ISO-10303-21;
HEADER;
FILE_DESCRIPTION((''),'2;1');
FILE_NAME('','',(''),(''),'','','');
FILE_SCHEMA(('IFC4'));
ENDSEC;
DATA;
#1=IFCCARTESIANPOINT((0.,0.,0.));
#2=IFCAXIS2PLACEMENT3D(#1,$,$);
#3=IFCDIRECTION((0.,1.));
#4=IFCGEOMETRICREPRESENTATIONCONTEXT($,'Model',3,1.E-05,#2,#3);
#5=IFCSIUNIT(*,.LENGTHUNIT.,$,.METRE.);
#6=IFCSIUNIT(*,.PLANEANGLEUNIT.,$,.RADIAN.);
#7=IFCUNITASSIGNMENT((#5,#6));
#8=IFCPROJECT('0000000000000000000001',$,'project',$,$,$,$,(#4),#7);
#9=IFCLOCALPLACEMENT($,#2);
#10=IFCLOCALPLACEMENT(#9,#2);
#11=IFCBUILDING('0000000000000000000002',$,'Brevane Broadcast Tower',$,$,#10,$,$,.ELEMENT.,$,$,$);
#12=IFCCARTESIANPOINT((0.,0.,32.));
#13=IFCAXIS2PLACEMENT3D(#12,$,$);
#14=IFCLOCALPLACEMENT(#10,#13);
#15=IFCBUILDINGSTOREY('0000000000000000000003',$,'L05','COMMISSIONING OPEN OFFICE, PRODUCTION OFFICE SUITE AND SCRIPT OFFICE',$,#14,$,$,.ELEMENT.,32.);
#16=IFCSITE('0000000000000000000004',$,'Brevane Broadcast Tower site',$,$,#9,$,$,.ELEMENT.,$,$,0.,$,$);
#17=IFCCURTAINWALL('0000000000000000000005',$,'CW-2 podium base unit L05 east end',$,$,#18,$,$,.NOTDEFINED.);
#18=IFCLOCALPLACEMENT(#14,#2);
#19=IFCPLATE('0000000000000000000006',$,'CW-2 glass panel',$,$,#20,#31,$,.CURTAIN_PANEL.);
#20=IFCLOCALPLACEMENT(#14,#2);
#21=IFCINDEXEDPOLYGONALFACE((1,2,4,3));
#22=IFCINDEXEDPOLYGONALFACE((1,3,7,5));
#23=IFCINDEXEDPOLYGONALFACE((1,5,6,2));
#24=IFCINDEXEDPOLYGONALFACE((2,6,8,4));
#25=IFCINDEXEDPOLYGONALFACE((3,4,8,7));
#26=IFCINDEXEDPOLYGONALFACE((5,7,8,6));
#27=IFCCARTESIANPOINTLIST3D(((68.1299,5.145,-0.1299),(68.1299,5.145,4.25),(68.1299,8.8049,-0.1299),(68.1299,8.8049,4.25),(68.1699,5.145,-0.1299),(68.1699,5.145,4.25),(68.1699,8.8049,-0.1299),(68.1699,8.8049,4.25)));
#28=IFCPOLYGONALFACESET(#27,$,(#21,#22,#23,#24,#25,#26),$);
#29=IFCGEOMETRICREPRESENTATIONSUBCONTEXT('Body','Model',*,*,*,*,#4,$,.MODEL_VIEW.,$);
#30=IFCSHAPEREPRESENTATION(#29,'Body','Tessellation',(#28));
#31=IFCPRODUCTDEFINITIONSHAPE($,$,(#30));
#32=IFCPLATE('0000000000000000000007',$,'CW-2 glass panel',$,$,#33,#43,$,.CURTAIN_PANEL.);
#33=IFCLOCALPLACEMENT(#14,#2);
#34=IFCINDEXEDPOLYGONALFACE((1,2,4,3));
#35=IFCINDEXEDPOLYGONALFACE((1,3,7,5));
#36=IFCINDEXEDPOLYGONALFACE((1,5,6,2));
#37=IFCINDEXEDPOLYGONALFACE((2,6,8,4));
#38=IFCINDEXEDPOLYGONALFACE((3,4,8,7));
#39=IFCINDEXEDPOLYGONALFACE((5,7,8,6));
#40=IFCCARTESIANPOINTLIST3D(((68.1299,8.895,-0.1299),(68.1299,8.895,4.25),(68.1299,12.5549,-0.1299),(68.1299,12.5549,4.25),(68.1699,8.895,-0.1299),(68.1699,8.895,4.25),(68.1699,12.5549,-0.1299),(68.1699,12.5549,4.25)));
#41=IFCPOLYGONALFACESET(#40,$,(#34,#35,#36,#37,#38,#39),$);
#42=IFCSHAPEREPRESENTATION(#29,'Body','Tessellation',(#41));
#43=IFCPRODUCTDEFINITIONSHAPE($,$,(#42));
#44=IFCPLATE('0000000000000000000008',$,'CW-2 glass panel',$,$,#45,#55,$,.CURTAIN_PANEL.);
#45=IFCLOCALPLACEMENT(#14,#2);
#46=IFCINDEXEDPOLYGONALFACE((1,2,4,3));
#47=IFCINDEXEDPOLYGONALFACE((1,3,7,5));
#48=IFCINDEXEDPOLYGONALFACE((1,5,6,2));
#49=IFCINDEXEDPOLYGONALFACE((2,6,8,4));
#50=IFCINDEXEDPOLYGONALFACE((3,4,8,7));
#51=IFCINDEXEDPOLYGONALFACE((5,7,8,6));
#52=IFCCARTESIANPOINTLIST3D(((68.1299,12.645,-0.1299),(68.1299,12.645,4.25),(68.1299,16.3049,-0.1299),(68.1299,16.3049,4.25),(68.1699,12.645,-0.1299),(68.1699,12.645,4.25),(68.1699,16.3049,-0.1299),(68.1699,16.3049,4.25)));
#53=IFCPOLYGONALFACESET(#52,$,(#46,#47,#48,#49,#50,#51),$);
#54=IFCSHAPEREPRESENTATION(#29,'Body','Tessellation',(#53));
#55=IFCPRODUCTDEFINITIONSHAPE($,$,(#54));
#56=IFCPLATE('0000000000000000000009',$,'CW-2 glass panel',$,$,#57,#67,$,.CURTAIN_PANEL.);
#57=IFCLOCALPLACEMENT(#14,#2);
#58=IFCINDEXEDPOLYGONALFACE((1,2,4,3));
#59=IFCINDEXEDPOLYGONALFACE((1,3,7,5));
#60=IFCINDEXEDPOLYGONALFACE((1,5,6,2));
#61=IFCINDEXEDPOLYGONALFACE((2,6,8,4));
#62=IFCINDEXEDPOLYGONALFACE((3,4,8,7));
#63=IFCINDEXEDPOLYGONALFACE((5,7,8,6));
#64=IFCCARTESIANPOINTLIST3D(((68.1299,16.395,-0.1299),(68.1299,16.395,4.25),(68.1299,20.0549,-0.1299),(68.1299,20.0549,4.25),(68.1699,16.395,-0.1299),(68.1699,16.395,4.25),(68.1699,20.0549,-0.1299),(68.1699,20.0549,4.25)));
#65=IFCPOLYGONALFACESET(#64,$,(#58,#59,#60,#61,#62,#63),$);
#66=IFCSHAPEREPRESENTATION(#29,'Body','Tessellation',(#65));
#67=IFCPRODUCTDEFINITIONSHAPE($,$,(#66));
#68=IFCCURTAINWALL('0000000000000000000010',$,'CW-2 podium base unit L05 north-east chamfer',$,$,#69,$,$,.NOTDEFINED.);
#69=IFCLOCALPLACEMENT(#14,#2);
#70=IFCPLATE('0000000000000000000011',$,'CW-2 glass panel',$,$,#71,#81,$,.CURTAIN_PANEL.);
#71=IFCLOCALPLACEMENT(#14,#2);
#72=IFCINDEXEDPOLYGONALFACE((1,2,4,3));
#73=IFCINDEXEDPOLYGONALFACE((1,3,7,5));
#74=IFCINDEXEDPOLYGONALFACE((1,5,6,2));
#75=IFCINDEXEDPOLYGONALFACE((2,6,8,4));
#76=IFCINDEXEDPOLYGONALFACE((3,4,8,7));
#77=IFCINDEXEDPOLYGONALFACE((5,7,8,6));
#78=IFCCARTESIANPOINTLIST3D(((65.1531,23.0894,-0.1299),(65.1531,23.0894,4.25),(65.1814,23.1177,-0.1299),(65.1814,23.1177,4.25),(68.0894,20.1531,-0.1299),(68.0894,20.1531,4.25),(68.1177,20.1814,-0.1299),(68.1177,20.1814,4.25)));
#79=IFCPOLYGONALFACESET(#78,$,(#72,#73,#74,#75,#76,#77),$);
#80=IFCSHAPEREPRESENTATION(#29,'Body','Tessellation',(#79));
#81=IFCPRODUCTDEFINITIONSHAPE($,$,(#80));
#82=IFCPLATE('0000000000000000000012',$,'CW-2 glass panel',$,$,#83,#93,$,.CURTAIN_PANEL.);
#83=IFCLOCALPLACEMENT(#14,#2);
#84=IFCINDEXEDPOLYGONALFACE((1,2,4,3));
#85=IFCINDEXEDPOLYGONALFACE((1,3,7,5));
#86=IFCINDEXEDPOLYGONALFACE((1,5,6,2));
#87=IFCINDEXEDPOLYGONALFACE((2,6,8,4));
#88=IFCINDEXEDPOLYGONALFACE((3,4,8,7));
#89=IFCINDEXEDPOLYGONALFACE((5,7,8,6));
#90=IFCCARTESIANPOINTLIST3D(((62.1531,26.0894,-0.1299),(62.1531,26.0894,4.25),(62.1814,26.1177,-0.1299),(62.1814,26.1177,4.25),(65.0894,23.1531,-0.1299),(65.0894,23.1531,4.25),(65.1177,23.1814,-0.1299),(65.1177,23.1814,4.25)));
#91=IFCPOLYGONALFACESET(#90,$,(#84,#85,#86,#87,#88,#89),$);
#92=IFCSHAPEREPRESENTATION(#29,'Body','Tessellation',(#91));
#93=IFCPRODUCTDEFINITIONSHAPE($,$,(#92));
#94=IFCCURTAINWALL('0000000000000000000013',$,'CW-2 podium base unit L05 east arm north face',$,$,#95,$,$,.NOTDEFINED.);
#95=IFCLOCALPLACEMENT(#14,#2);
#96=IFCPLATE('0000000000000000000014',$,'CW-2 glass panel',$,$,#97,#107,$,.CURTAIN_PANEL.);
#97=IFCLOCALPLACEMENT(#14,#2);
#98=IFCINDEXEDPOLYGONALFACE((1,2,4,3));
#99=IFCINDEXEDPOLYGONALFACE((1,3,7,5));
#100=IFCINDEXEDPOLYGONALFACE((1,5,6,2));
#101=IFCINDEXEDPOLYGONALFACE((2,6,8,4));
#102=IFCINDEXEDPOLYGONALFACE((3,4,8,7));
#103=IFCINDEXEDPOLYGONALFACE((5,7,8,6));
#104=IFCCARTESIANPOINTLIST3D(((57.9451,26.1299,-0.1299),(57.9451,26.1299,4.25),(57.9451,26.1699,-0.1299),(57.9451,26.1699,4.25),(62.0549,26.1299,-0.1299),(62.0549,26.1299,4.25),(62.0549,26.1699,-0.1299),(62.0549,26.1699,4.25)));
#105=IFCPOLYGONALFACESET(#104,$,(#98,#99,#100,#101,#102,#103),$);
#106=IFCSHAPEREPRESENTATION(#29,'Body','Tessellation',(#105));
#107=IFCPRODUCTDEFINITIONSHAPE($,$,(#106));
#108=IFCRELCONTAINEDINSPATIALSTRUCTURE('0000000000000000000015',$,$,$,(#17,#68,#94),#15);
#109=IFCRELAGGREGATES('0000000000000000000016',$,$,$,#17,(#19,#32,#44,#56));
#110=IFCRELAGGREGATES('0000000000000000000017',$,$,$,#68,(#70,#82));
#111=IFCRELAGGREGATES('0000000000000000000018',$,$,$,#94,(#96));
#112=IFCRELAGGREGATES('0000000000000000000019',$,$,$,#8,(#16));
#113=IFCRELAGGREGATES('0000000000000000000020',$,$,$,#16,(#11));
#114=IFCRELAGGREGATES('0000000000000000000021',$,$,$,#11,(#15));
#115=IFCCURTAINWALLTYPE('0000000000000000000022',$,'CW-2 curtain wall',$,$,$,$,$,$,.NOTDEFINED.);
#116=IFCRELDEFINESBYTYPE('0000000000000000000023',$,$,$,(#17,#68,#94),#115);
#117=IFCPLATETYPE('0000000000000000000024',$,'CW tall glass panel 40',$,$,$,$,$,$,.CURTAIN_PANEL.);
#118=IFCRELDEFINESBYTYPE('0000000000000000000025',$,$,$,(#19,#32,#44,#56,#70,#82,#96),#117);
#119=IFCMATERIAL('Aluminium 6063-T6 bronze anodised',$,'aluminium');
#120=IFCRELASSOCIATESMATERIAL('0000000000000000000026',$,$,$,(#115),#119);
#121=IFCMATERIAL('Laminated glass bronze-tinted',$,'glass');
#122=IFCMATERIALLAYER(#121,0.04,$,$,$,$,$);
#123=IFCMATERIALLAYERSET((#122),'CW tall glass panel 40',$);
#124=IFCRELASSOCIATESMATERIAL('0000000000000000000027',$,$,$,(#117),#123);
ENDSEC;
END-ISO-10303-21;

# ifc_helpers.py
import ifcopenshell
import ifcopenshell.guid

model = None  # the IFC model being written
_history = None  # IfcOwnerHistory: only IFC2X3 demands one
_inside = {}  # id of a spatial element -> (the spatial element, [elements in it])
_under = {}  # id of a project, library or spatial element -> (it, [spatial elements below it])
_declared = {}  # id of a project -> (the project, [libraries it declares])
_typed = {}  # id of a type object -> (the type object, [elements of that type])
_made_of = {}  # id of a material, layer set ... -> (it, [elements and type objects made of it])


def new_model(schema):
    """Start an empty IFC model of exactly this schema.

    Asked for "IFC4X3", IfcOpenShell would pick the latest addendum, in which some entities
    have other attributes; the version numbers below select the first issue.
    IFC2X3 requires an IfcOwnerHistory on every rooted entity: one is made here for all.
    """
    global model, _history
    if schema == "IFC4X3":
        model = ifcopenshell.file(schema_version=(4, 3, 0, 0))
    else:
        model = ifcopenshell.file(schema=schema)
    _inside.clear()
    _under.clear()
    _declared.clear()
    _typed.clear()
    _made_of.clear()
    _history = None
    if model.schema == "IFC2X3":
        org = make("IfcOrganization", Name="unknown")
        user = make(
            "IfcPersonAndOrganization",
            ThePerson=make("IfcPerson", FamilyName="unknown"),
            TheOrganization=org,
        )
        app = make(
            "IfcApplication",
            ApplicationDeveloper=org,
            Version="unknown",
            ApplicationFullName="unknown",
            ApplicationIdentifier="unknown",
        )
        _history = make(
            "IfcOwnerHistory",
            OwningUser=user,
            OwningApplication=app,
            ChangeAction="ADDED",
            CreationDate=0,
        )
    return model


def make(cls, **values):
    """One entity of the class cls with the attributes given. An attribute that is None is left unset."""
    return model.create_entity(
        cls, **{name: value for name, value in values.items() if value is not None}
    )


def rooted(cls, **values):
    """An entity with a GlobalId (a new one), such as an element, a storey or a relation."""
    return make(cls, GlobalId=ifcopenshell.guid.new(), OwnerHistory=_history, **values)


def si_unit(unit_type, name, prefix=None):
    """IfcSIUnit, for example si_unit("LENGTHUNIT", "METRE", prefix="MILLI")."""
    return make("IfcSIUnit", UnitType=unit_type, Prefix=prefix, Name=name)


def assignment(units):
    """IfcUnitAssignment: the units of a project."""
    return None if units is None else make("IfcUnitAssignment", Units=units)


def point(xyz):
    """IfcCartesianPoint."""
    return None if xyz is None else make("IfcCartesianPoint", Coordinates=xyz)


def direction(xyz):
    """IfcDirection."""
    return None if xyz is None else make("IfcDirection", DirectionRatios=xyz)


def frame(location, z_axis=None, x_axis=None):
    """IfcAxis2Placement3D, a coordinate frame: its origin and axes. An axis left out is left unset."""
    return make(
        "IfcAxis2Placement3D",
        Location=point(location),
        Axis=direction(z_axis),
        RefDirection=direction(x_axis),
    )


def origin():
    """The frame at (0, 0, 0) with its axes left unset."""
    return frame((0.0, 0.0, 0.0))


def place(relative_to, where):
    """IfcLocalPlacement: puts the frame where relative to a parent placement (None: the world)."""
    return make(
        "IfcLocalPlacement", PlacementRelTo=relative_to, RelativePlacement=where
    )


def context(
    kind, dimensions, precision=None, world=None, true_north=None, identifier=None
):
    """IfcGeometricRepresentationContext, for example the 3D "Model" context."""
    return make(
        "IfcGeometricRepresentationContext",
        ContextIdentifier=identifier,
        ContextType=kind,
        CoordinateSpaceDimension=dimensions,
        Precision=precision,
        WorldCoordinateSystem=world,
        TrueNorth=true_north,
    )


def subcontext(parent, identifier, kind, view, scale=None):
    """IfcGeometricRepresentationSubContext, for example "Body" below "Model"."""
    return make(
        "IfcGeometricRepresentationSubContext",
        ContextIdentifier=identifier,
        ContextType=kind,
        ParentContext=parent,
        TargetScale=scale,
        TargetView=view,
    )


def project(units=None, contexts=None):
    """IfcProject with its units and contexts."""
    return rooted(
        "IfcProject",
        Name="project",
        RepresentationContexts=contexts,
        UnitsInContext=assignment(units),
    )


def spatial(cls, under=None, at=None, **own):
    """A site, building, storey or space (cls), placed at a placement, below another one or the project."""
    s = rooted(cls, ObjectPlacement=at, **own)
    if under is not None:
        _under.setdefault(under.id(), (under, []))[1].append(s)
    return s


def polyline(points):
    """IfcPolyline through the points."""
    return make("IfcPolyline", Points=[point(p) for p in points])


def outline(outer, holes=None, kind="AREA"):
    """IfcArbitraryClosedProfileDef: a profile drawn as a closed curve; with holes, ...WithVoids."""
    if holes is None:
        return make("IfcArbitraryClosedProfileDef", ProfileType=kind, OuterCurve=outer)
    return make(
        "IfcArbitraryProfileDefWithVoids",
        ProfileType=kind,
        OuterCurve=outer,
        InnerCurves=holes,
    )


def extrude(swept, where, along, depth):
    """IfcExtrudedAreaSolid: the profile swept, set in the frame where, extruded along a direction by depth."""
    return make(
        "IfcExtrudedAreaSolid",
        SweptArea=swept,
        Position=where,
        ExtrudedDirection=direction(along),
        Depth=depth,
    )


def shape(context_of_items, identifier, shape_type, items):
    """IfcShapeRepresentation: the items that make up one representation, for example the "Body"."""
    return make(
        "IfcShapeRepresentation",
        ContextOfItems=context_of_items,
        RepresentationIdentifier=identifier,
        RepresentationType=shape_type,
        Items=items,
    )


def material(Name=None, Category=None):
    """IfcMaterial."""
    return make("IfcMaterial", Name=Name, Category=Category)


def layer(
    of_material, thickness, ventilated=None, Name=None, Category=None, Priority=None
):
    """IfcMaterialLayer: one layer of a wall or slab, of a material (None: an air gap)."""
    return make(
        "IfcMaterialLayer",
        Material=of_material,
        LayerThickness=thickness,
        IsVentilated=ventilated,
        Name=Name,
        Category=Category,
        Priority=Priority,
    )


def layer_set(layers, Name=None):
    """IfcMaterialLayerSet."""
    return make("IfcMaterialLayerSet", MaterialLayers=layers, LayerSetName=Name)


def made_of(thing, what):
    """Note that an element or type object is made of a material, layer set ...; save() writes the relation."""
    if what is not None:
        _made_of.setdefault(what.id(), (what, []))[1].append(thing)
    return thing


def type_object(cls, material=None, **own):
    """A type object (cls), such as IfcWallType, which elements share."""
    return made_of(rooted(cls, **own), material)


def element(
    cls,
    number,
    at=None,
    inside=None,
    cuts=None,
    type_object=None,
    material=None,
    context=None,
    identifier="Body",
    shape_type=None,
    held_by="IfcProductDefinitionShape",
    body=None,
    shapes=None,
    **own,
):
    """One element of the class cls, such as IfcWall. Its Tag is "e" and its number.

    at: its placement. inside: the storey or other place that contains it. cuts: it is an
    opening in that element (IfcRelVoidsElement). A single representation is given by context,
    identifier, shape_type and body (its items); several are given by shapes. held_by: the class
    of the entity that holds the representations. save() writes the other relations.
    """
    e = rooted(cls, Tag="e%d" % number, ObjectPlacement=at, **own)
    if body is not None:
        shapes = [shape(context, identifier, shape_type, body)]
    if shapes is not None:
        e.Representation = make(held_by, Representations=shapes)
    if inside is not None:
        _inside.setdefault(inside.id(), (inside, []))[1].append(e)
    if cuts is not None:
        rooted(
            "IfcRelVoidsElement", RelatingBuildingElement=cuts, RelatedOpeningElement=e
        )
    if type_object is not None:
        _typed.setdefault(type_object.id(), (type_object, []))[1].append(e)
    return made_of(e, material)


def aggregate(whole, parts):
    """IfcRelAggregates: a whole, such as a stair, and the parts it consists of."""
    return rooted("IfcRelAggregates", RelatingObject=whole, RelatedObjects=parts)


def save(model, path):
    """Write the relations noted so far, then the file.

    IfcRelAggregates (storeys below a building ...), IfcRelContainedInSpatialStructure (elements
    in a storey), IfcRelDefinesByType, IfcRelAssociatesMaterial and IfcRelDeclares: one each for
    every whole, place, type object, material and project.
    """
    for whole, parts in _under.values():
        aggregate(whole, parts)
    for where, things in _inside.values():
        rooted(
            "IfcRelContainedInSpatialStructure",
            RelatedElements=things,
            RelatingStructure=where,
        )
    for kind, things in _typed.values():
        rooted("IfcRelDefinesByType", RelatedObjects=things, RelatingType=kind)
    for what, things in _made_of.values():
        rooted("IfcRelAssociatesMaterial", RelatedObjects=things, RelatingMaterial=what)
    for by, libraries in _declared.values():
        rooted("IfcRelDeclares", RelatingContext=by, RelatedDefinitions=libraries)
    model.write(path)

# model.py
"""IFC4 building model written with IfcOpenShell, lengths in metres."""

from ifc_helpers import new_model, si_unit, direction, frame, origin, place, context, subcontext, project, spatial, polyline, outline, extrude, material, layer, layer_set, type_object, element, aggregate, save


model = new_model("IFC4")

# Units and contexts
model_context = context("Model", 3, precision=1e-05, world=origin(), true_north=direction((0.0, 1.0)))
body_context = subcontext(model_context, "Body", "Model", "MODEL_VIEW")
ifc_project = project(units=[si_unit("LENGTHUNIT", "METRE"), si_unit("PLANEANGLEUNIT", "RADIAN")], contexts=[model_context])

# Site, building, storey
site_placement = place(None, origin())
site = spatial("IfcSite", under=ifc_project, at=site_placement, Name="Brevane Broadcast Tower site", CompositionType="ELEMENT", RefElevation=0.0)
building_placement = place(site_placement, origin())
building = spatial("IfcBuilding", under=site, at=building_placement, Name="Brevane Broadcast Tower", CompositionType="ELEMENT")
storey_placement = place(building_placement, frame((0.0, 0.0, 32.0)))
storey = spatial("IfcBuildingStorey", under=building, at=storey_placement, Name="L05", Description="COMMISSIONING OPEN OFFICE, PRODUCTION OFFICE SUITE AND SCRIPT OFFICE", CompositionType="ELEMENT", Elevation=32.0)

# Curtain walls, plates
ifc_material_1 = material(Name="Aluminium 6063-T6 bronze anodised", Category="aluminium")
curtain_wall_type = type_object("IfcCurtainWallType", Name="CW-2 curtain wall", PredefinedType="NOTDEFINED", material=ifc_material_1)
ifc_material_2 = material(Name="Laminated glass bronze-tinted", Category="glass")
ifc_layer = layer(ifc_material_2, 0.04)
ifc_layer_set = layer_set([ifc_layer], Name="CW tall glass panel 40")
plate_type = type_object("IfcPlateType", Name="CW tall glass panel 40", PredefinedType="CURTAIN_PANEL", material=ifc_layer_set)
curtain_wall_1_placement = place(storey_placement, origin())
curtain_wall_1 = element("IfcCurtainWall", 1, at=curtain_wall_1_placement, inside=storey, type_object=curtain_wall_type, Name="CW-2 podium base unit L05 east end", PredefinedType="NOTDEFINED")
plate_1_placement = place(storey_placement, frame((0.0, 0.0, -0.1299)))
plate_1 = element("IfcPlate", 2, at=plate_1_placement, type_object=plate_type, Name="CW-2 glass panel", PredefinedType="CURTAIN_PANEL", context=body_context, shape_type="SweptSolid", body=[
    extrude(outline(polyline([(68.1699, 8.8049), (68.1299, 8.8049), (68.1299, 5.145), (68.1699, 5.145), (68.1699, 8.8049)])), origin(), (0.0, 0.0, 1.0), 4.3799),
])
plate_2_placement = place(storey_placement, frame((0.0, 0.0, -0.1299)))
plate_2 = element("IfcPlate", 3, at=plate_2_placement, type_object=plate_type, Name="CW-2 glass panel", PredefinedType="CURTAIN_PANEL", context=body_context, shape_type="SweptSolid", body=[
    extrude(outline(polyline([(68.1699, 12.5549), (68.1299, 12.5549), (68.1299, 8.895), (68.1699, 8.895), (68.1699, 12.5549)])), origin(), (0.0, 0.0, 1.0), 4.3799),
])
plate_3_placement = place(storey_placement, frame((0.0, 0.0, -0.1299)))
plate_3 = element("IfcPlate", 4, at=plate_3_placement, type_object=plate_type, Name="CW-2 glass panel", PredefinedType="CURTAIN_PANEL", context=body_context, shape_type="SweptSolid", body=[
    extrude(outline(polyline([(68.1699, 16.3049), (68.1299, 16.3049), (68.1299, 12.645), (68.1699, 12.645), (68.1699, 16.3049)])), origin(), (0.0, 0.0, 1.0), 4.3799),
])
plate_4_placement = place(storey_placement, frame((0.0, 0.0, -0.1299)))
plate_4 = element("IfcPlate", 5, at=plate_4_placement, type_object=plate_type, Name="CW-2 glass panel", PredefinedType="CURTAIN_PANEL", context=body_context, shape_type="SweptSolid", body=[
    extrude(outline(polyline([(68.1699, 20.0549), (68.1299, 20.0549), (68.1299, 16.395), (68.1699, 16.395), (68.1699, 20.0549)])), origin(), (0.0, 0.0, 1.0), 4.3799),
])
aggregate(curtain_wall_1, [plate_1, plate_2, plate_3, plate_4])
curtain_wall_2_placement = place(storey_placement, origin())
curtain_wall_2 = element("IfcCurtainWall", 6, at=curtain_wall_2_placement, inside=storey, type_object=curtain_wall_type, Name="CW-2 podium base unit L05 north-east chamfer", PredefinedType="NOTDEFINED")
plate_5_placement = place(storey_placement, frame((0.0, 0.0, -0.1299)))
plate_5 = element("IfcPlate", 7, at=plate_5_placement, type_object=plate_type, Name="CW-2 glass panel", PredefinedType="CURTAIN_PANEL", context=body_context, shape_type="SweptSolid", body=[
    extrude(outline(polyline([(68.0894, 20.1531), (65.1531, 23.0894), (65.1814, 23.1177), (68.1177, 20.1814), (68.0894, 20.1531)])), origin(), (0.0, 0.0, 1.0), 4.3799),
])
plate_6_placement = place(storey_placement, frame((0.0, 0.0, -0.1299)))
plate_6 = element("IfcPlate", 8, at=plate_6_placement, type_object=plate_type, Name="CW-2 glass panel", PredefinedType="CURTAIN_PANEL", context=body_context, shape_type="SweptSolid", body=[
    extrude(outline(polyline([(65.0894, 23.1531), (62.1531, 26.0894), (62.1814, 26.1177), (65.1177, 23.1814), (65.0894, 23.1531)])), origin(), (0.0, 0.0, 1.0), 4.3799),
])
aggregate(curtain_wall_2, [plate_5, plate_6])

# Curtain wall, plate
curtain_wall_3_placement = place(storey_placement, origin())
curtain_wall_3 = element("IfcCurtainWall", 9, at=curtain_wall_3_placement, inside=storey, type_object=curtain_wall_type, Name="CW-2 podium base unit L05 east arm north face", PredefinedType="NOTDEFINED")
plate_7_placement = place(storey_placement, frame((0.0, 0.0, -0.1299)))
plate_7 = element("IfcPlate", 10, at=plate_7_placement, type_object=plate_type, Name="CW-2 glass panel", PredefinedType="CURTAIN_PANEL", context=body_context, shape_type="SweptSolid", body=[
    extrude(outline(polyline([(57.9451, 26.1699), (57.9451, 26.1299), (62.0549, 26.1299), (62.0549, 26.1699), (57.9451, 26.1699)])), origin(), (0.0, 0.0, 1.0), 4.3799),
])
aggregate(curtain_wall_3, [plate_7])

save(model, "model.ifc")
